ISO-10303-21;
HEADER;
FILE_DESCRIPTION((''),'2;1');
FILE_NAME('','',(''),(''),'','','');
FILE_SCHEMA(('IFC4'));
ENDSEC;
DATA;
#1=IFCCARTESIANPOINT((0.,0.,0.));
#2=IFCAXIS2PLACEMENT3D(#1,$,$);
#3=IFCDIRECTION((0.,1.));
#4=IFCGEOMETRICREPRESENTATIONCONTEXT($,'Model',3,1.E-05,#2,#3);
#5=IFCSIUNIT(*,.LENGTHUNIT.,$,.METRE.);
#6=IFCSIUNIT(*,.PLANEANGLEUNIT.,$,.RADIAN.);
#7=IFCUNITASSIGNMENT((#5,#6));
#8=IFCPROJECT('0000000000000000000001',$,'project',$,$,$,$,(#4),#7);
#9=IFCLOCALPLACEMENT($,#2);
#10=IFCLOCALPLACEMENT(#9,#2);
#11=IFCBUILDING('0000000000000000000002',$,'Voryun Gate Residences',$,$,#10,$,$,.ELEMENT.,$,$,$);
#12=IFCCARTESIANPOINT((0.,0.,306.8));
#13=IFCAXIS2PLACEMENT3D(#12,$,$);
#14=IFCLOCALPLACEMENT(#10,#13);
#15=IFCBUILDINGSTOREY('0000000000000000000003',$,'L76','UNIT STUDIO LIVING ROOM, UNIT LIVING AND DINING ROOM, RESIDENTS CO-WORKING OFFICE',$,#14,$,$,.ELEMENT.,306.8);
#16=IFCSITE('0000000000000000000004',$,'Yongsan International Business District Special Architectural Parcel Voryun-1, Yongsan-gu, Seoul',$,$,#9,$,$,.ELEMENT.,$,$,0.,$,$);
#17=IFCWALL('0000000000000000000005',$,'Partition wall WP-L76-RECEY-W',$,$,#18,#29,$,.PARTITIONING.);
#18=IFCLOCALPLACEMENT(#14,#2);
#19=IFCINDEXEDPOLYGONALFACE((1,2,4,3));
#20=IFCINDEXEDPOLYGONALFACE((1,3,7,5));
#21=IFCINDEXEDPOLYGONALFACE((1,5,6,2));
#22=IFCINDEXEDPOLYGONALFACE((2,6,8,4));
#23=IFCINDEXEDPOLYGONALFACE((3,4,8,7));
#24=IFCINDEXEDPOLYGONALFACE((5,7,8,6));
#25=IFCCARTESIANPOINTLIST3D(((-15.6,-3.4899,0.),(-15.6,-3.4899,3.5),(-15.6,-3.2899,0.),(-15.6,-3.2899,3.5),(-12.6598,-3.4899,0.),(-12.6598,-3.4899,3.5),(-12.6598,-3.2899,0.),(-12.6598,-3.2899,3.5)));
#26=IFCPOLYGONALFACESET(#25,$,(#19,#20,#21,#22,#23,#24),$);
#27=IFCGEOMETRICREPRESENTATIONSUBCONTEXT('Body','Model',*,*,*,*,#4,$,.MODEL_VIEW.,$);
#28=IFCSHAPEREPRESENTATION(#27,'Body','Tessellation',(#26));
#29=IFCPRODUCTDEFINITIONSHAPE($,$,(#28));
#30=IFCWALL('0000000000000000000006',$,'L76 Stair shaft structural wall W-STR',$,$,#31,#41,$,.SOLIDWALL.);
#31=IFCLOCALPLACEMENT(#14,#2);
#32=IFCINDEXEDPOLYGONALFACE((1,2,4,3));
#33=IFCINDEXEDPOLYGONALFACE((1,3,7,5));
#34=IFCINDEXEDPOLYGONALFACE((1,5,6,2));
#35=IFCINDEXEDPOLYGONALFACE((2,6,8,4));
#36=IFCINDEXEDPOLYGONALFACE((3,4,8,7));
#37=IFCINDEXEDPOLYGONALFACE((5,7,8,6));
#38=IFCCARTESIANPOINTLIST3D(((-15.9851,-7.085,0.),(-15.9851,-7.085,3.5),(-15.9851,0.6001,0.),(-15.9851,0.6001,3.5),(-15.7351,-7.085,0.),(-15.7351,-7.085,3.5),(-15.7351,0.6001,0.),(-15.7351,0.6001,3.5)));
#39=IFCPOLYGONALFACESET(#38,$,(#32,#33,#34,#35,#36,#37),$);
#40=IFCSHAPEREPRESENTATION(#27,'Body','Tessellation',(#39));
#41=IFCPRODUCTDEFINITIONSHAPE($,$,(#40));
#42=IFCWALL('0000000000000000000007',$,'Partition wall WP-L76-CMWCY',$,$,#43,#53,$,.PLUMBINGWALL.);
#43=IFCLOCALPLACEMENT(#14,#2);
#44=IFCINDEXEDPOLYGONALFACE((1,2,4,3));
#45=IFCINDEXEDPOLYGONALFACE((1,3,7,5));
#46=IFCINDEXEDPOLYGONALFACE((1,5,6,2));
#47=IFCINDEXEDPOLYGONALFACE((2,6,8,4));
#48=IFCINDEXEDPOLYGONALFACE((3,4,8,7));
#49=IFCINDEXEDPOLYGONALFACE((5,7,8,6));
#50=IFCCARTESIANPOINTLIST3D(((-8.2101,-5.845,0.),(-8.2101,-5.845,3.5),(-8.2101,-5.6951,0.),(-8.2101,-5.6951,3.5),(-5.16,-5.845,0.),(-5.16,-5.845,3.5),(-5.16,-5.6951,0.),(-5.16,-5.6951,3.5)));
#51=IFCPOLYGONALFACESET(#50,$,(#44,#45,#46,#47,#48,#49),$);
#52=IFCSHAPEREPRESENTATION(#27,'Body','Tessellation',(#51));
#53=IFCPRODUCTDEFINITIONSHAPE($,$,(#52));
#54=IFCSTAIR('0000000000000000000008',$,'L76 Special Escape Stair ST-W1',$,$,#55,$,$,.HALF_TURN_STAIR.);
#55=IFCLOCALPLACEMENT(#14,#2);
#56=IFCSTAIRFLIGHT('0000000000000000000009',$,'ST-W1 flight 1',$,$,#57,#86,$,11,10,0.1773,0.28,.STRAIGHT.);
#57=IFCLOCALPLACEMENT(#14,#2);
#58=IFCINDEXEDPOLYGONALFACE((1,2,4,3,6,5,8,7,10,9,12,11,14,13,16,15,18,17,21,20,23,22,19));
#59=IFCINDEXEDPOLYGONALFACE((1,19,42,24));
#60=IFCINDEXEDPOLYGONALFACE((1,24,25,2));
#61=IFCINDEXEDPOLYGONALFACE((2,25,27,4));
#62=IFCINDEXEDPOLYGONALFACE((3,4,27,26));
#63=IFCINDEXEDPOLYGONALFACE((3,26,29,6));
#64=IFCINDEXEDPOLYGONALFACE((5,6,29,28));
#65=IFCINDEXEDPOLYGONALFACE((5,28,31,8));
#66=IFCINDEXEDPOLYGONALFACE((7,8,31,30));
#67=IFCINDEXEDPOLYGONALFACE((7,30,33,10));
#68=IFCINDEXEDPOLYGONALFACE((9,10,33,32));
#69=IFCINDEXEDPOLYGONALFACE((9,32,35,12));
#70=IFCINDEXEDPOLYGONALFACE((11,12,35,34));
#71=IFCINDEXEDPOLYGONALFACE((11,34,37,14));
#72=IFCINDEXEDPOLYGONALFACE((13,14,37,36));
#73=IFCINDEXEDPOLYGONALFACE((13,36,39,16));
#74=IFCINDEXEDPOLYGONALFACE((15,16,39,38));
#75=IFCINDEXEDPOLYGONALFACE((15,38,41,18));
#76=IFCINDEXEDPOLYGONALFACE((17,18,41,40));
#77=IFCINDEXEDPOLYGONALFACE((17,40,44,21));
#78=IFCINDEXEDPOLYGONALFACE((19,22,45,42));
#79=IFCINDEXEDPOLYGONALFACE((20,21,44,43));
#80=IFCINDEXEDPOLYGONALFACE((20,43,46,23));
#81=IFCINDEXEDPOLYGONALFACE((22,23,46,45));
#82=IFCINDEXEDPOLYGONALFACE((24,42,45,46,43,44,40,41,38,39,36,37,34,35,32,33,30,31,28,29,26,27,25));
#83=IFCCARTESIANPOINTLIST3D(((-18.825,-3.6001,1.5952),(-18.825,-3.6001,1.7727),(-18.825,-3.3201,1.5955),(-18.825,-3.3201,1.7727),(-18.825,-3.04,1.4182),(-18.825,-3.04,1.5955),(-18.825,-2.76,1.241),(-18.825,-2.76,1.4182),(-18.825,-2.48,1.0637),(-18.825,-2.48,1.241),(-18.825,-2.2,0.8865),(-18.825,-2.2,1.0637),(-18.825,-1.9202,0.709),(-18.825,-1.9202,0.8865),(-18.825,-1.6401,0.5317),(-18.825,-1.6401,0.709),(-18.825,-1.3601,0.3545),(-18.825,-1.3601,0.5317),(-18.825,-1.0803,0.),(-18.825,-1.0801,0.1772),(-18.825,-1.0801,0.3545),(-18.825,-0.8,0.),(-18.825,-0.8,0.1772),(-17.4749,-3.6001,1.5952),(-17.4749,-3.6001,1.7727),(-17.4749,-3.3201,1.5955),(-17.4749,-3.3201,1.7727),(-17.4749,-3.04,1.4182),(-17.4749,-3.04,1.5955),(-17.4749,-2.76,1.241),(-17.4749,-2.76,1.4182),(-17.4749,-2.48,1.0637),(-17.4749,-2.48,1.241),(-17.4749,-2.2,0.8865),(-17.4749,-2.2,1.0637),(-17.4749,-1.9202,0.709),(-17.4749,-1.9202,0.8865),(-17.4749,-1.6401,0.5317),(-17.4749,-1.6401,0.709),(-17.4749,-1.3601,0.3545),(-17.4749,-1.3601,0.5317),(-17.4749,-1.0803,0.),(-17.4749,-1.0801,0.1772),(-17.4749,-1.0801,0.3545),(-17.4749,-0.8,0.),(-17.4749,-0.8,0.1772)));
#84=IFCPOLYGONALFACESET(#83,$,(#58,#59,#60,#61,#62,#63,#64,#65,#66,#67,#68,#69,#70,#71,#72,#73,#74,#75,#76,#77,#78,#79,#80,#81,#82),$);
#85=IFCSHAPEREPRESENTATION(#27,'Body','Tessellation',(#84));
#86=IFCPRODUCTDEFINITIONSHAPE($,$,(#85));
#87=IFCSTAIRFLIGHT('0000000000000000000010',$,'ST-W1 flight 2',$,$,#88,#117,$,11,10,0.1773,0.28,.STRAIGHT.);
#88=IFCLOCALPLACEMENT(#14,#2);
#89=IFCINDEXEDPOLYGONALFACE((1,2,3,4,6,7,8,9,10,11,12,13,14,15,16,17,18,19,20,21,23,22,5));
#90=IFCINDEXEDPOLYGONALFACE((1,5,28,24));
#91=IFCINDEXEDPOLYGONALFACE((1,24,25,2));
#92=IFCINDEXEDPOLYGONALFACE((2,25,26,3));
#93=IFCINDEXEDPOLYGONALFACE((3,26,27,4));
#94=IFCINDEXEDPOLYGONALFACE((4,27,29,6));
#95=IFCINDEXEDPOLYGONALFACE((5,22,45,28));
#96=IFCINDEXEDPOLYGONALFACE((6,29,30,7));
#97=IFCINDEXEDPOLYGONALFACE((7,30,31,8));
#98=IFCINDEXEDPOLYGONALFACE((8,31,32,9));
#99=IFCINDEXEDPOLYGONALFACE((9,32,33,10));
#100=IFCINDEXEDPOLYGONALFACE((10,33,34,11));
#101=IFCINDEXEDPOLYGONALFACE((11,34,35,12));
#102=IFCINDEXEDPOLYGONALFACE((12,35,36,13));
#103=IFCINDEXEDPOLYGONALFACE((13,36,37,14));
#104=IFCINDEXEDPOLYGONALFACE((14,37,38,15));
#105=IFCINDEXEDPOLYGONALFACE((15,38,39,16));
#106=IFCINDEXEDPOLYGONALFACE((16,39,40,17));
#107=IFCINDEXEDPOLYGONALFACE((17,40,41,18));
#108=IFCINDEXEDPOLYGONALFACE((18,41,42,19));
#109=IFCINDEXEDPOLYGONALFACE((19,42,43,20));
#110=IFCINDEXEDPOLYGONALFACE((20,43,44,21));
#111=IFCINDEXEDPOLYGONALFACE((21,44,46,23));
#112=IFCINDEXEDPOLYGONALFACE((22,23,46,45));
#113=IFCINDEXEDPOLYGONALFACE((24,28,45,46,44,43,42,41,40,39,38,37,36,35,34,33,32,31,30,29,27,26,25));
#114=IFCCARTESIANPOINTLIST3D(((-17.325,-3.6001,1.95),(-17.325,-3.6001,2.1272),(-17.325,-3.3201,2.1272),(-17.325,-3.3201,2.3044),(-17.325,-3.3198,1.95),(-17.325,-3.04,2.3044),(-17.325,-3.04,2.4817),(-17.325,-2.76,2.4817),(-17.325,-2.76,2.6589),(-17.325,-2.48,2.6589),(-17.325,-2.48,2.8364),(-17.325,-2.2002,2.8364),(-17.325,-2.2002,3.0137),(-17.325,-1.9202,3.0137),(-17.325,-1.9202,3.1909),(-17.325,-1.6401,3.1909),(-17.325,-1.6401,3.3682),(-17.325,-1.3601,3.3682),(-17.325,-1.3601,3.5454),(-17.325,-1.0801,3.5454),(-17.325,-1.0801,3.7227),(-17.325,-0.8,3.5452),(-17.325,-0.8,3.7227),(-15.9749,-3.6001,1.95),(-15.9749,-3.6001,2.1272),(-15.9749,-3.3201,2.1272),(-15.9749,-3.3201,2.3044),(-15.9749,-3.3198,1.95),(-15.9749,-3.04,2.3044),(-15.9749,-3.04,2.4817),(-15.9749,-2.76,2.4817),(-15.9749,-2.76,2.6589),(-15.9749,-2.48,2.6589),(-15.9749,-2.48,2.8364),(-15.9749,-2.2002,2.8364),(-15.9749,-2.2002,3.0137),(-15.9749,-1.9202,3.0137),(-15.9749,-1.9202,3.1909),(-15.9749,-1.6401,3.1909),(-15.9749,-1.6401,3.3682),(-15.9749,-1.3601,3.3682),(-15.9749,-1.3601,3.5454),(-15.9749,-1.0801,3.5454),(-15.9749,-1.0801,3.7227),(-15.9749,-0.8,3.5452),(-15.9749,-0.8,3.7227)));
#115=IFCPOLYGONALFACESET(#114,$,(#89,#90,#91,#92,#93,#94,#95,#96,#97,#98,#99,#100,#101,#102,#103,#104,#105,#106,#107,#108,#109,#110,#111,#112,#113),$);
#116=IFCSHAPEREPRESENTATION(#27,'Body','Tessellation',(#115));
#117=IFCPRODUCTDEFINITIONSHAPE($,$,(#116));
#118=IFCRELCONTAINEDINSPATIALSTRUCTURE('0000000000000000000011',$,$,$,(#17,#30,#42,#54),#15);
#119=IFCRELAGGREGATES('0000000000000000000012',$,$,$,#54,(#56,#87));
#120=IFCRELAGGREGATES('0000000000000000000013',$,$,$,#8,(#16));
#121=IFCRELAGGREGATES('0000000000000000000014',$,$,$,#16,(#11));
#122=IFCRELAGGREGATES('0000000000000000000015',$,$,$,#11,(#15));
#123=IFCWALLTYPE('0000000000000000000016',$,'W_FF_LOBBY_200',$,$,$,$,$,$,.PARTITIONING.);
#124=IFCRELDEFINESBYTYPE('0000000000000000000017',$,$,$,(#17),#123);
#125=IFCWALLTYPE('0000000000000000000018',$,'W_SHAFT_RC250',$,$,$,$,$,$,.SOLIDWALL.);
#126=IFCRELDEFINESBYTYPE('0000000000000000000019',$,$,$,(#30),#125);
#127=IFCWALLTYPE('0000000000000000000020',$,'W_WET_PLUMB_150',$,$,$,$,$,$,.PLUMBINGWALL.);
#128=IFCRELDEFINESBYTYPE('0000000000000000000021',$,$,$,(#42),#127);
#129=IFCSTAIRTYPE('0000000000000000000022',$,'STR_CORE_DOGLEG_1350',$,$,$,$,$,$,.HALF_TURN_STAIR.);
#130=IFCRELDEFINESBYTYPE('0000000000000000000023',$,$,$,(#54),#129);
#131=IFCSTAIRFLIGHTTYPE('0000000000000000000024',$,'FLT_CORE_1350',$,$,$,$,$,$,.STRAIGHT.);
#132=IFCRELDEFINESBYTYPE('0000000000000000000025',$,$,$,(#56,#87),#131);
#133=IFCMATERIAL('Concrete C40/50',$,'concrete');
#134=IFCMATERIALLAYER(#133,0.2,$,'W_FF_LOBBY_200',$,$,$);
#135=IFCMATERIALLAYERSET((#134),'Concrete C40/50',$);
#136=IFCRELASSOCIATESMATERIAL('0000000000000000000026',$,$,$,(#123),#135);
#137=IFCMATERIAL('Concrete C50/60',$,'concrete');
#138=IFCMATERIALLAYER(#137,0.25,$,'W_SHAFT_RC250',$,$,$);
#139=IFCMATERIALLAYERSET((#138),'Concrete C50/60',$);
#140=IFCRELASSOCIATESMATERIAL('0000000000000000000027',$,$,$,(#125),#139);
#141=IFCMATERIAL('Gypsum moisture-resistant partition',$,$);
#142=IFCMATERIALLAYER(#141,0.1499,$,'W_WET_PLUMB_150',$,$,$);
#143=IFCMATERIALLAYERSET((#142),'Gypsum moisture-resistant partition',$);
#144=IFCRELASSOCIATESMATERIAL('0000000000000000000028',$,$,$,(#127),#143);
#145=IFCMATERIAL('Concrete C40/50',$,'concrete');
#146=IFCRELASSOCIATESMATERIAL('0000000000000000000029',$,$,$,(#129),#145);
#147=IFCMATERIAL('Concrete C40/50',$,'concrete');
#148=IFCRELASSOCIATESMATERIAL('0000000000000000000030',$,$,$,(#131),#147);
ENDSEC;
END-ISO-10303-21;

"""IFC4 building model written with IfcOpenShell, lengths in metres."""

from ifc_helpers import new_model, si_unit, direction, frame, frame_2d, origin, place, context, subcontext, project, spatial, polyline, rectangle, outline, extrude, material, layer, layer_set, type_object, element, aggregate, save


model = new_model("IFC4")

# Units and contexts
model_context = context("Model", 3, precision=1e-05, world=origin(), true_north=direction((0.0, 1.0)))
body_context = subcontext(model_context, "Body", "Model", "MODEL_VIEW")
ifc_project = project(units=[si_unit("LENGTHUNIT", "METRE"), si_unit("PLANEANGLEUNIT", "RADIAN")], contexts=[model_context])

# Site, building, storey
site_placement = place(None, origin())
site = spatial("IfcSite", under=ifc_project, at=site_placement, Name="Yongsan International Business District Special Architectural Parcel Voryun-1, Yongsan-gu, Seoul", CompositionType="ELEMENT", RefElevation=0.0)
building_placement = place(site_placement, origin())
building = spatial("IfcBuilding", under=site, at=building_placement, Name="Voryun Gate Residences", CompositionType="ELEMENT")
storey_placement = place(building_placement, frame((0.0, 0.0, 306.8)))
storey = spatial("IfcBuildingStorey", under=building, at=storey_placement, Name="L76", Description="UNIT STUDIO LIVING ROOM, UNIT LIVING AND DINING ROOM, RESIDENTS CO-WORKING OFFICE", CompositionType="ELEMENT", Elevation=306.8)

# Walls
ifc_material_1 = material(Name="Concrete C40/50", Category="concrete")
ifc_layer_1 = layer(ifc_material_1, 0.2, Name="W_FF_LOBBY_200")
ifc_layer_set_1 = layer_set([ifc_layer_1], Name="Concrete C40/50")
wall_type_1 = type_object("IfcWallType", Name="W_FF_LOBBY_200", PredefinedType="PARTITIONING", material=ifc_layer_set_1)
wall_1_placement = place(storey_placement, frame((-15.6001, -3.3899, 0.0), z_axis=(0.0, 0.0, 1.0), x_axis=(1.0, 0.0, 0.0)))
element("IfcWall", 1, at=wall_1_placement, inside=storey, type_object=wall_type_1, Name="Partition wall WP-L76-RECEY-W", PredefinedType="PARTITIONING", context=body_context, shape_type="SweptSolid", body=[
    extrude(rectangle(XDim=2.9402, YDim=0.2, at=frame_2d((1.4702, 0.0))), origin(), (0.0, 0.0, 1.0), 3.5),
])
ifc_material_2 = material(Name="Concrete C50/60", Category="concrete")
ifc_layer_2 = layer(ifc_material_2, 0.25, Name="W_SHAFT_RC250")
ifc_layer_set_2 = layer_set([ifc_layer_2], Name="Concrete C50/60")
wall_type_2 = type_object("IfcWallType", Name="W_SHAFT_RC250", PredefinedType="SOLIDWALL", material=ifc_layer_set_2)
wall_2_placement = place(storey_placement, frame((-15.8601, -7.085, 0.0), z_axis=(0.0, 0.0, 1.0), x_axis=(0.0, 1.0, 0.0)))
element("IfcWall", 2, at=wall_2_placement, inside=storey, type_object=wall_type_2, Name="L76 Stair shaft structural wall W-STR", PredefinedType="SOLIDWALL", context=body_context, shape_type="SweptSolid", body=[
    extrude(rectangle(XDim=7.6851, YDim=0.25, at=frame_2d((3.8425, 0.0))), origin(), (0.0, 0.0, 1.0), 3.5),
])
ifc_material_3 = material(Name="Gypsum moisture-resistant partition")
ifc_layer_3 = layer(ifc_material_3, 0.1499, Name="W_WET_PLUMB_150")
ifc_layer_set_3 = layer_set([ifc_layer_3], Name="Gypsum moisture-resistant partition")
wall_type_3 = type_object("IfcWallType", Name="W_WET_PLUMB_150", PredefinedType="PLUMBINGWALL", material=ifc_layer_set_3)
wall_3_placement = place(storey_placement, frame((-8.21, -5.77, 0.0), z_axis=(0.0, 0.0, 1.0), x_axis=(1.0, 0.0, 0.0)))
element("IfcWall", 3, at=wall_3_placement, inside=storey, type_object=wall_type_3, Name="Partition wall WP-L76-CMWCY", PredefinedType="PLUMBINGWALL", context=body_context, shape_type="SweptSolid", body=[
    extrude(rectangle(XDim=3.05, YDim=0.1499, at=frame_2d((1.5249, 0.0))), origin(), (0.0, 0.0, 1.0), 3.5),
])

# Stair, stair flights
ifc_material_4 = material(Name="Concrete C40/50", Category="concrete")
stair_type = type_object("IfcStairType", Name="STR_CORE_DOGLEG_1350", PredefinedType="HALF_TURN_STAIR", material=ifc_material_4)
stair_placement = place(storey_placement, origin())
stair = element("IfcStair", 4, at=stair_placement, inside=storey, type_object=stair_type, Name="L76 Special Escape Stair ST-W1", PredefinedType="HALF_TURN_STAIR")
ifc_material_5 = material(Name="Concrete C40/50", Category="concrete")
stair_flight_type = type_object("IfcStairFlightType", Name="FLT_CORE_1350", PredefinedType="STRAIGHT", material=ifc_material_5)
stair_flight_1_placement = place(storey_placement, frame((-18.1499, -0.8, 0.0), z_axis=(0.0, 0.0, 1.0), x_axis=(0.0, -1.0, 0.0)))
stair_flight_1 = element("IfcStairFlight", 5, at=stair_flight_1_placement, type_object=stair_flight_type, Name="ST-W1 flight 1", NumberOfRisers=11, NumberOfTreads=10, PredefinedType="STRAIGHT", RiserHeight=0.1773, TreadLength=0.28, context=body_context, shape_type="SweptSolid", body=[
    extrude(outline(polyline([(0.0, 0.0), (0.0, 0.1772), (0.28, 0.1772), (0.28, 0.3545), (0.5601, 0.3545), (0.5601, 0.5317), (0.8401, 0.5317), (0.8401, 0.709), (1.1201, 0.709), (1.1201, 0.8865), (1.3999, 0.8865), (1.3999, 1.0637), (1.6799, 1.0637), (1.6799, 1.241), (1.96, 1.241), (1.96, 1.4182), (2.24, 1.4182), (2.24, 1.5955), (2.52, 1.5955), (2.52, 1.7727), (2.8, 1.7727), (2.8, 1.95), (2.8, 1.5952), (0.2803, 0.0), (0.0, 0.0)])), frame((0.0, 0.675, 0.0), z_axis=(0.0, -1.0, 0.0), x_axis=(1.0, 0.0, 0.0)), (0.0, 0.0, 1.0), 1.3501),
])
stair_flight_2_placement = place(storey_placement, frame((-16.6499, -3.6001, 1.95), z_axis=(0.0, 0.0, 1.0), x_axis=(0.0, 1.0, 0.0)))
stair_flight_2 = element("IfcStairFlight", 6, at=stair_flight_2_placement, type_object=stair_flight_type, Name="ST-W1 flight 2", NumberOfRisers=11, NumberOfTreads=10, PredefinedType="STRAIGHT", RiserHeight=0.1773, TreadLength=0.28, context=body_context, shape_type="SweptSolid", body=[
    extrude(outline(polyline([(0.0, 0.0), (0.0, 0.1772), (0.28, 0.1772), (0.28, 0.3545), (0.5601, 0.3545), (0.5601, 0.5317), (0.8401, 0.5317), (0.8401, 0.709), (1.1201, 0.709), (1.1201, 0.8865), (1.3999, 0.8865), (1.3999, 1.0637), (1.6799, 1.0637), (1.6799, 1.241), (1.96, 1.241), (1.96, 1.4182), (2.24, 1.4182), (2.24, 1.5955), (2.52, 1.5955), (2.52, 1.7727), (2.8, 1.7727), (2.8, 1.95), (2.8, 1.5952), (0.2803, 0.0), (0.0, 0.0)])), frame((0.0, 0.675, 0.0), z_axis=(0.0, -1.0, 0.0), x_axis=(1.0, 0.0, 0.0)), (0.0, 0.0, 1.0), 1.3501),
])
aggregate(stair, [stair_flight_1, stair_flight_2])

save(model, "model.ifc")
